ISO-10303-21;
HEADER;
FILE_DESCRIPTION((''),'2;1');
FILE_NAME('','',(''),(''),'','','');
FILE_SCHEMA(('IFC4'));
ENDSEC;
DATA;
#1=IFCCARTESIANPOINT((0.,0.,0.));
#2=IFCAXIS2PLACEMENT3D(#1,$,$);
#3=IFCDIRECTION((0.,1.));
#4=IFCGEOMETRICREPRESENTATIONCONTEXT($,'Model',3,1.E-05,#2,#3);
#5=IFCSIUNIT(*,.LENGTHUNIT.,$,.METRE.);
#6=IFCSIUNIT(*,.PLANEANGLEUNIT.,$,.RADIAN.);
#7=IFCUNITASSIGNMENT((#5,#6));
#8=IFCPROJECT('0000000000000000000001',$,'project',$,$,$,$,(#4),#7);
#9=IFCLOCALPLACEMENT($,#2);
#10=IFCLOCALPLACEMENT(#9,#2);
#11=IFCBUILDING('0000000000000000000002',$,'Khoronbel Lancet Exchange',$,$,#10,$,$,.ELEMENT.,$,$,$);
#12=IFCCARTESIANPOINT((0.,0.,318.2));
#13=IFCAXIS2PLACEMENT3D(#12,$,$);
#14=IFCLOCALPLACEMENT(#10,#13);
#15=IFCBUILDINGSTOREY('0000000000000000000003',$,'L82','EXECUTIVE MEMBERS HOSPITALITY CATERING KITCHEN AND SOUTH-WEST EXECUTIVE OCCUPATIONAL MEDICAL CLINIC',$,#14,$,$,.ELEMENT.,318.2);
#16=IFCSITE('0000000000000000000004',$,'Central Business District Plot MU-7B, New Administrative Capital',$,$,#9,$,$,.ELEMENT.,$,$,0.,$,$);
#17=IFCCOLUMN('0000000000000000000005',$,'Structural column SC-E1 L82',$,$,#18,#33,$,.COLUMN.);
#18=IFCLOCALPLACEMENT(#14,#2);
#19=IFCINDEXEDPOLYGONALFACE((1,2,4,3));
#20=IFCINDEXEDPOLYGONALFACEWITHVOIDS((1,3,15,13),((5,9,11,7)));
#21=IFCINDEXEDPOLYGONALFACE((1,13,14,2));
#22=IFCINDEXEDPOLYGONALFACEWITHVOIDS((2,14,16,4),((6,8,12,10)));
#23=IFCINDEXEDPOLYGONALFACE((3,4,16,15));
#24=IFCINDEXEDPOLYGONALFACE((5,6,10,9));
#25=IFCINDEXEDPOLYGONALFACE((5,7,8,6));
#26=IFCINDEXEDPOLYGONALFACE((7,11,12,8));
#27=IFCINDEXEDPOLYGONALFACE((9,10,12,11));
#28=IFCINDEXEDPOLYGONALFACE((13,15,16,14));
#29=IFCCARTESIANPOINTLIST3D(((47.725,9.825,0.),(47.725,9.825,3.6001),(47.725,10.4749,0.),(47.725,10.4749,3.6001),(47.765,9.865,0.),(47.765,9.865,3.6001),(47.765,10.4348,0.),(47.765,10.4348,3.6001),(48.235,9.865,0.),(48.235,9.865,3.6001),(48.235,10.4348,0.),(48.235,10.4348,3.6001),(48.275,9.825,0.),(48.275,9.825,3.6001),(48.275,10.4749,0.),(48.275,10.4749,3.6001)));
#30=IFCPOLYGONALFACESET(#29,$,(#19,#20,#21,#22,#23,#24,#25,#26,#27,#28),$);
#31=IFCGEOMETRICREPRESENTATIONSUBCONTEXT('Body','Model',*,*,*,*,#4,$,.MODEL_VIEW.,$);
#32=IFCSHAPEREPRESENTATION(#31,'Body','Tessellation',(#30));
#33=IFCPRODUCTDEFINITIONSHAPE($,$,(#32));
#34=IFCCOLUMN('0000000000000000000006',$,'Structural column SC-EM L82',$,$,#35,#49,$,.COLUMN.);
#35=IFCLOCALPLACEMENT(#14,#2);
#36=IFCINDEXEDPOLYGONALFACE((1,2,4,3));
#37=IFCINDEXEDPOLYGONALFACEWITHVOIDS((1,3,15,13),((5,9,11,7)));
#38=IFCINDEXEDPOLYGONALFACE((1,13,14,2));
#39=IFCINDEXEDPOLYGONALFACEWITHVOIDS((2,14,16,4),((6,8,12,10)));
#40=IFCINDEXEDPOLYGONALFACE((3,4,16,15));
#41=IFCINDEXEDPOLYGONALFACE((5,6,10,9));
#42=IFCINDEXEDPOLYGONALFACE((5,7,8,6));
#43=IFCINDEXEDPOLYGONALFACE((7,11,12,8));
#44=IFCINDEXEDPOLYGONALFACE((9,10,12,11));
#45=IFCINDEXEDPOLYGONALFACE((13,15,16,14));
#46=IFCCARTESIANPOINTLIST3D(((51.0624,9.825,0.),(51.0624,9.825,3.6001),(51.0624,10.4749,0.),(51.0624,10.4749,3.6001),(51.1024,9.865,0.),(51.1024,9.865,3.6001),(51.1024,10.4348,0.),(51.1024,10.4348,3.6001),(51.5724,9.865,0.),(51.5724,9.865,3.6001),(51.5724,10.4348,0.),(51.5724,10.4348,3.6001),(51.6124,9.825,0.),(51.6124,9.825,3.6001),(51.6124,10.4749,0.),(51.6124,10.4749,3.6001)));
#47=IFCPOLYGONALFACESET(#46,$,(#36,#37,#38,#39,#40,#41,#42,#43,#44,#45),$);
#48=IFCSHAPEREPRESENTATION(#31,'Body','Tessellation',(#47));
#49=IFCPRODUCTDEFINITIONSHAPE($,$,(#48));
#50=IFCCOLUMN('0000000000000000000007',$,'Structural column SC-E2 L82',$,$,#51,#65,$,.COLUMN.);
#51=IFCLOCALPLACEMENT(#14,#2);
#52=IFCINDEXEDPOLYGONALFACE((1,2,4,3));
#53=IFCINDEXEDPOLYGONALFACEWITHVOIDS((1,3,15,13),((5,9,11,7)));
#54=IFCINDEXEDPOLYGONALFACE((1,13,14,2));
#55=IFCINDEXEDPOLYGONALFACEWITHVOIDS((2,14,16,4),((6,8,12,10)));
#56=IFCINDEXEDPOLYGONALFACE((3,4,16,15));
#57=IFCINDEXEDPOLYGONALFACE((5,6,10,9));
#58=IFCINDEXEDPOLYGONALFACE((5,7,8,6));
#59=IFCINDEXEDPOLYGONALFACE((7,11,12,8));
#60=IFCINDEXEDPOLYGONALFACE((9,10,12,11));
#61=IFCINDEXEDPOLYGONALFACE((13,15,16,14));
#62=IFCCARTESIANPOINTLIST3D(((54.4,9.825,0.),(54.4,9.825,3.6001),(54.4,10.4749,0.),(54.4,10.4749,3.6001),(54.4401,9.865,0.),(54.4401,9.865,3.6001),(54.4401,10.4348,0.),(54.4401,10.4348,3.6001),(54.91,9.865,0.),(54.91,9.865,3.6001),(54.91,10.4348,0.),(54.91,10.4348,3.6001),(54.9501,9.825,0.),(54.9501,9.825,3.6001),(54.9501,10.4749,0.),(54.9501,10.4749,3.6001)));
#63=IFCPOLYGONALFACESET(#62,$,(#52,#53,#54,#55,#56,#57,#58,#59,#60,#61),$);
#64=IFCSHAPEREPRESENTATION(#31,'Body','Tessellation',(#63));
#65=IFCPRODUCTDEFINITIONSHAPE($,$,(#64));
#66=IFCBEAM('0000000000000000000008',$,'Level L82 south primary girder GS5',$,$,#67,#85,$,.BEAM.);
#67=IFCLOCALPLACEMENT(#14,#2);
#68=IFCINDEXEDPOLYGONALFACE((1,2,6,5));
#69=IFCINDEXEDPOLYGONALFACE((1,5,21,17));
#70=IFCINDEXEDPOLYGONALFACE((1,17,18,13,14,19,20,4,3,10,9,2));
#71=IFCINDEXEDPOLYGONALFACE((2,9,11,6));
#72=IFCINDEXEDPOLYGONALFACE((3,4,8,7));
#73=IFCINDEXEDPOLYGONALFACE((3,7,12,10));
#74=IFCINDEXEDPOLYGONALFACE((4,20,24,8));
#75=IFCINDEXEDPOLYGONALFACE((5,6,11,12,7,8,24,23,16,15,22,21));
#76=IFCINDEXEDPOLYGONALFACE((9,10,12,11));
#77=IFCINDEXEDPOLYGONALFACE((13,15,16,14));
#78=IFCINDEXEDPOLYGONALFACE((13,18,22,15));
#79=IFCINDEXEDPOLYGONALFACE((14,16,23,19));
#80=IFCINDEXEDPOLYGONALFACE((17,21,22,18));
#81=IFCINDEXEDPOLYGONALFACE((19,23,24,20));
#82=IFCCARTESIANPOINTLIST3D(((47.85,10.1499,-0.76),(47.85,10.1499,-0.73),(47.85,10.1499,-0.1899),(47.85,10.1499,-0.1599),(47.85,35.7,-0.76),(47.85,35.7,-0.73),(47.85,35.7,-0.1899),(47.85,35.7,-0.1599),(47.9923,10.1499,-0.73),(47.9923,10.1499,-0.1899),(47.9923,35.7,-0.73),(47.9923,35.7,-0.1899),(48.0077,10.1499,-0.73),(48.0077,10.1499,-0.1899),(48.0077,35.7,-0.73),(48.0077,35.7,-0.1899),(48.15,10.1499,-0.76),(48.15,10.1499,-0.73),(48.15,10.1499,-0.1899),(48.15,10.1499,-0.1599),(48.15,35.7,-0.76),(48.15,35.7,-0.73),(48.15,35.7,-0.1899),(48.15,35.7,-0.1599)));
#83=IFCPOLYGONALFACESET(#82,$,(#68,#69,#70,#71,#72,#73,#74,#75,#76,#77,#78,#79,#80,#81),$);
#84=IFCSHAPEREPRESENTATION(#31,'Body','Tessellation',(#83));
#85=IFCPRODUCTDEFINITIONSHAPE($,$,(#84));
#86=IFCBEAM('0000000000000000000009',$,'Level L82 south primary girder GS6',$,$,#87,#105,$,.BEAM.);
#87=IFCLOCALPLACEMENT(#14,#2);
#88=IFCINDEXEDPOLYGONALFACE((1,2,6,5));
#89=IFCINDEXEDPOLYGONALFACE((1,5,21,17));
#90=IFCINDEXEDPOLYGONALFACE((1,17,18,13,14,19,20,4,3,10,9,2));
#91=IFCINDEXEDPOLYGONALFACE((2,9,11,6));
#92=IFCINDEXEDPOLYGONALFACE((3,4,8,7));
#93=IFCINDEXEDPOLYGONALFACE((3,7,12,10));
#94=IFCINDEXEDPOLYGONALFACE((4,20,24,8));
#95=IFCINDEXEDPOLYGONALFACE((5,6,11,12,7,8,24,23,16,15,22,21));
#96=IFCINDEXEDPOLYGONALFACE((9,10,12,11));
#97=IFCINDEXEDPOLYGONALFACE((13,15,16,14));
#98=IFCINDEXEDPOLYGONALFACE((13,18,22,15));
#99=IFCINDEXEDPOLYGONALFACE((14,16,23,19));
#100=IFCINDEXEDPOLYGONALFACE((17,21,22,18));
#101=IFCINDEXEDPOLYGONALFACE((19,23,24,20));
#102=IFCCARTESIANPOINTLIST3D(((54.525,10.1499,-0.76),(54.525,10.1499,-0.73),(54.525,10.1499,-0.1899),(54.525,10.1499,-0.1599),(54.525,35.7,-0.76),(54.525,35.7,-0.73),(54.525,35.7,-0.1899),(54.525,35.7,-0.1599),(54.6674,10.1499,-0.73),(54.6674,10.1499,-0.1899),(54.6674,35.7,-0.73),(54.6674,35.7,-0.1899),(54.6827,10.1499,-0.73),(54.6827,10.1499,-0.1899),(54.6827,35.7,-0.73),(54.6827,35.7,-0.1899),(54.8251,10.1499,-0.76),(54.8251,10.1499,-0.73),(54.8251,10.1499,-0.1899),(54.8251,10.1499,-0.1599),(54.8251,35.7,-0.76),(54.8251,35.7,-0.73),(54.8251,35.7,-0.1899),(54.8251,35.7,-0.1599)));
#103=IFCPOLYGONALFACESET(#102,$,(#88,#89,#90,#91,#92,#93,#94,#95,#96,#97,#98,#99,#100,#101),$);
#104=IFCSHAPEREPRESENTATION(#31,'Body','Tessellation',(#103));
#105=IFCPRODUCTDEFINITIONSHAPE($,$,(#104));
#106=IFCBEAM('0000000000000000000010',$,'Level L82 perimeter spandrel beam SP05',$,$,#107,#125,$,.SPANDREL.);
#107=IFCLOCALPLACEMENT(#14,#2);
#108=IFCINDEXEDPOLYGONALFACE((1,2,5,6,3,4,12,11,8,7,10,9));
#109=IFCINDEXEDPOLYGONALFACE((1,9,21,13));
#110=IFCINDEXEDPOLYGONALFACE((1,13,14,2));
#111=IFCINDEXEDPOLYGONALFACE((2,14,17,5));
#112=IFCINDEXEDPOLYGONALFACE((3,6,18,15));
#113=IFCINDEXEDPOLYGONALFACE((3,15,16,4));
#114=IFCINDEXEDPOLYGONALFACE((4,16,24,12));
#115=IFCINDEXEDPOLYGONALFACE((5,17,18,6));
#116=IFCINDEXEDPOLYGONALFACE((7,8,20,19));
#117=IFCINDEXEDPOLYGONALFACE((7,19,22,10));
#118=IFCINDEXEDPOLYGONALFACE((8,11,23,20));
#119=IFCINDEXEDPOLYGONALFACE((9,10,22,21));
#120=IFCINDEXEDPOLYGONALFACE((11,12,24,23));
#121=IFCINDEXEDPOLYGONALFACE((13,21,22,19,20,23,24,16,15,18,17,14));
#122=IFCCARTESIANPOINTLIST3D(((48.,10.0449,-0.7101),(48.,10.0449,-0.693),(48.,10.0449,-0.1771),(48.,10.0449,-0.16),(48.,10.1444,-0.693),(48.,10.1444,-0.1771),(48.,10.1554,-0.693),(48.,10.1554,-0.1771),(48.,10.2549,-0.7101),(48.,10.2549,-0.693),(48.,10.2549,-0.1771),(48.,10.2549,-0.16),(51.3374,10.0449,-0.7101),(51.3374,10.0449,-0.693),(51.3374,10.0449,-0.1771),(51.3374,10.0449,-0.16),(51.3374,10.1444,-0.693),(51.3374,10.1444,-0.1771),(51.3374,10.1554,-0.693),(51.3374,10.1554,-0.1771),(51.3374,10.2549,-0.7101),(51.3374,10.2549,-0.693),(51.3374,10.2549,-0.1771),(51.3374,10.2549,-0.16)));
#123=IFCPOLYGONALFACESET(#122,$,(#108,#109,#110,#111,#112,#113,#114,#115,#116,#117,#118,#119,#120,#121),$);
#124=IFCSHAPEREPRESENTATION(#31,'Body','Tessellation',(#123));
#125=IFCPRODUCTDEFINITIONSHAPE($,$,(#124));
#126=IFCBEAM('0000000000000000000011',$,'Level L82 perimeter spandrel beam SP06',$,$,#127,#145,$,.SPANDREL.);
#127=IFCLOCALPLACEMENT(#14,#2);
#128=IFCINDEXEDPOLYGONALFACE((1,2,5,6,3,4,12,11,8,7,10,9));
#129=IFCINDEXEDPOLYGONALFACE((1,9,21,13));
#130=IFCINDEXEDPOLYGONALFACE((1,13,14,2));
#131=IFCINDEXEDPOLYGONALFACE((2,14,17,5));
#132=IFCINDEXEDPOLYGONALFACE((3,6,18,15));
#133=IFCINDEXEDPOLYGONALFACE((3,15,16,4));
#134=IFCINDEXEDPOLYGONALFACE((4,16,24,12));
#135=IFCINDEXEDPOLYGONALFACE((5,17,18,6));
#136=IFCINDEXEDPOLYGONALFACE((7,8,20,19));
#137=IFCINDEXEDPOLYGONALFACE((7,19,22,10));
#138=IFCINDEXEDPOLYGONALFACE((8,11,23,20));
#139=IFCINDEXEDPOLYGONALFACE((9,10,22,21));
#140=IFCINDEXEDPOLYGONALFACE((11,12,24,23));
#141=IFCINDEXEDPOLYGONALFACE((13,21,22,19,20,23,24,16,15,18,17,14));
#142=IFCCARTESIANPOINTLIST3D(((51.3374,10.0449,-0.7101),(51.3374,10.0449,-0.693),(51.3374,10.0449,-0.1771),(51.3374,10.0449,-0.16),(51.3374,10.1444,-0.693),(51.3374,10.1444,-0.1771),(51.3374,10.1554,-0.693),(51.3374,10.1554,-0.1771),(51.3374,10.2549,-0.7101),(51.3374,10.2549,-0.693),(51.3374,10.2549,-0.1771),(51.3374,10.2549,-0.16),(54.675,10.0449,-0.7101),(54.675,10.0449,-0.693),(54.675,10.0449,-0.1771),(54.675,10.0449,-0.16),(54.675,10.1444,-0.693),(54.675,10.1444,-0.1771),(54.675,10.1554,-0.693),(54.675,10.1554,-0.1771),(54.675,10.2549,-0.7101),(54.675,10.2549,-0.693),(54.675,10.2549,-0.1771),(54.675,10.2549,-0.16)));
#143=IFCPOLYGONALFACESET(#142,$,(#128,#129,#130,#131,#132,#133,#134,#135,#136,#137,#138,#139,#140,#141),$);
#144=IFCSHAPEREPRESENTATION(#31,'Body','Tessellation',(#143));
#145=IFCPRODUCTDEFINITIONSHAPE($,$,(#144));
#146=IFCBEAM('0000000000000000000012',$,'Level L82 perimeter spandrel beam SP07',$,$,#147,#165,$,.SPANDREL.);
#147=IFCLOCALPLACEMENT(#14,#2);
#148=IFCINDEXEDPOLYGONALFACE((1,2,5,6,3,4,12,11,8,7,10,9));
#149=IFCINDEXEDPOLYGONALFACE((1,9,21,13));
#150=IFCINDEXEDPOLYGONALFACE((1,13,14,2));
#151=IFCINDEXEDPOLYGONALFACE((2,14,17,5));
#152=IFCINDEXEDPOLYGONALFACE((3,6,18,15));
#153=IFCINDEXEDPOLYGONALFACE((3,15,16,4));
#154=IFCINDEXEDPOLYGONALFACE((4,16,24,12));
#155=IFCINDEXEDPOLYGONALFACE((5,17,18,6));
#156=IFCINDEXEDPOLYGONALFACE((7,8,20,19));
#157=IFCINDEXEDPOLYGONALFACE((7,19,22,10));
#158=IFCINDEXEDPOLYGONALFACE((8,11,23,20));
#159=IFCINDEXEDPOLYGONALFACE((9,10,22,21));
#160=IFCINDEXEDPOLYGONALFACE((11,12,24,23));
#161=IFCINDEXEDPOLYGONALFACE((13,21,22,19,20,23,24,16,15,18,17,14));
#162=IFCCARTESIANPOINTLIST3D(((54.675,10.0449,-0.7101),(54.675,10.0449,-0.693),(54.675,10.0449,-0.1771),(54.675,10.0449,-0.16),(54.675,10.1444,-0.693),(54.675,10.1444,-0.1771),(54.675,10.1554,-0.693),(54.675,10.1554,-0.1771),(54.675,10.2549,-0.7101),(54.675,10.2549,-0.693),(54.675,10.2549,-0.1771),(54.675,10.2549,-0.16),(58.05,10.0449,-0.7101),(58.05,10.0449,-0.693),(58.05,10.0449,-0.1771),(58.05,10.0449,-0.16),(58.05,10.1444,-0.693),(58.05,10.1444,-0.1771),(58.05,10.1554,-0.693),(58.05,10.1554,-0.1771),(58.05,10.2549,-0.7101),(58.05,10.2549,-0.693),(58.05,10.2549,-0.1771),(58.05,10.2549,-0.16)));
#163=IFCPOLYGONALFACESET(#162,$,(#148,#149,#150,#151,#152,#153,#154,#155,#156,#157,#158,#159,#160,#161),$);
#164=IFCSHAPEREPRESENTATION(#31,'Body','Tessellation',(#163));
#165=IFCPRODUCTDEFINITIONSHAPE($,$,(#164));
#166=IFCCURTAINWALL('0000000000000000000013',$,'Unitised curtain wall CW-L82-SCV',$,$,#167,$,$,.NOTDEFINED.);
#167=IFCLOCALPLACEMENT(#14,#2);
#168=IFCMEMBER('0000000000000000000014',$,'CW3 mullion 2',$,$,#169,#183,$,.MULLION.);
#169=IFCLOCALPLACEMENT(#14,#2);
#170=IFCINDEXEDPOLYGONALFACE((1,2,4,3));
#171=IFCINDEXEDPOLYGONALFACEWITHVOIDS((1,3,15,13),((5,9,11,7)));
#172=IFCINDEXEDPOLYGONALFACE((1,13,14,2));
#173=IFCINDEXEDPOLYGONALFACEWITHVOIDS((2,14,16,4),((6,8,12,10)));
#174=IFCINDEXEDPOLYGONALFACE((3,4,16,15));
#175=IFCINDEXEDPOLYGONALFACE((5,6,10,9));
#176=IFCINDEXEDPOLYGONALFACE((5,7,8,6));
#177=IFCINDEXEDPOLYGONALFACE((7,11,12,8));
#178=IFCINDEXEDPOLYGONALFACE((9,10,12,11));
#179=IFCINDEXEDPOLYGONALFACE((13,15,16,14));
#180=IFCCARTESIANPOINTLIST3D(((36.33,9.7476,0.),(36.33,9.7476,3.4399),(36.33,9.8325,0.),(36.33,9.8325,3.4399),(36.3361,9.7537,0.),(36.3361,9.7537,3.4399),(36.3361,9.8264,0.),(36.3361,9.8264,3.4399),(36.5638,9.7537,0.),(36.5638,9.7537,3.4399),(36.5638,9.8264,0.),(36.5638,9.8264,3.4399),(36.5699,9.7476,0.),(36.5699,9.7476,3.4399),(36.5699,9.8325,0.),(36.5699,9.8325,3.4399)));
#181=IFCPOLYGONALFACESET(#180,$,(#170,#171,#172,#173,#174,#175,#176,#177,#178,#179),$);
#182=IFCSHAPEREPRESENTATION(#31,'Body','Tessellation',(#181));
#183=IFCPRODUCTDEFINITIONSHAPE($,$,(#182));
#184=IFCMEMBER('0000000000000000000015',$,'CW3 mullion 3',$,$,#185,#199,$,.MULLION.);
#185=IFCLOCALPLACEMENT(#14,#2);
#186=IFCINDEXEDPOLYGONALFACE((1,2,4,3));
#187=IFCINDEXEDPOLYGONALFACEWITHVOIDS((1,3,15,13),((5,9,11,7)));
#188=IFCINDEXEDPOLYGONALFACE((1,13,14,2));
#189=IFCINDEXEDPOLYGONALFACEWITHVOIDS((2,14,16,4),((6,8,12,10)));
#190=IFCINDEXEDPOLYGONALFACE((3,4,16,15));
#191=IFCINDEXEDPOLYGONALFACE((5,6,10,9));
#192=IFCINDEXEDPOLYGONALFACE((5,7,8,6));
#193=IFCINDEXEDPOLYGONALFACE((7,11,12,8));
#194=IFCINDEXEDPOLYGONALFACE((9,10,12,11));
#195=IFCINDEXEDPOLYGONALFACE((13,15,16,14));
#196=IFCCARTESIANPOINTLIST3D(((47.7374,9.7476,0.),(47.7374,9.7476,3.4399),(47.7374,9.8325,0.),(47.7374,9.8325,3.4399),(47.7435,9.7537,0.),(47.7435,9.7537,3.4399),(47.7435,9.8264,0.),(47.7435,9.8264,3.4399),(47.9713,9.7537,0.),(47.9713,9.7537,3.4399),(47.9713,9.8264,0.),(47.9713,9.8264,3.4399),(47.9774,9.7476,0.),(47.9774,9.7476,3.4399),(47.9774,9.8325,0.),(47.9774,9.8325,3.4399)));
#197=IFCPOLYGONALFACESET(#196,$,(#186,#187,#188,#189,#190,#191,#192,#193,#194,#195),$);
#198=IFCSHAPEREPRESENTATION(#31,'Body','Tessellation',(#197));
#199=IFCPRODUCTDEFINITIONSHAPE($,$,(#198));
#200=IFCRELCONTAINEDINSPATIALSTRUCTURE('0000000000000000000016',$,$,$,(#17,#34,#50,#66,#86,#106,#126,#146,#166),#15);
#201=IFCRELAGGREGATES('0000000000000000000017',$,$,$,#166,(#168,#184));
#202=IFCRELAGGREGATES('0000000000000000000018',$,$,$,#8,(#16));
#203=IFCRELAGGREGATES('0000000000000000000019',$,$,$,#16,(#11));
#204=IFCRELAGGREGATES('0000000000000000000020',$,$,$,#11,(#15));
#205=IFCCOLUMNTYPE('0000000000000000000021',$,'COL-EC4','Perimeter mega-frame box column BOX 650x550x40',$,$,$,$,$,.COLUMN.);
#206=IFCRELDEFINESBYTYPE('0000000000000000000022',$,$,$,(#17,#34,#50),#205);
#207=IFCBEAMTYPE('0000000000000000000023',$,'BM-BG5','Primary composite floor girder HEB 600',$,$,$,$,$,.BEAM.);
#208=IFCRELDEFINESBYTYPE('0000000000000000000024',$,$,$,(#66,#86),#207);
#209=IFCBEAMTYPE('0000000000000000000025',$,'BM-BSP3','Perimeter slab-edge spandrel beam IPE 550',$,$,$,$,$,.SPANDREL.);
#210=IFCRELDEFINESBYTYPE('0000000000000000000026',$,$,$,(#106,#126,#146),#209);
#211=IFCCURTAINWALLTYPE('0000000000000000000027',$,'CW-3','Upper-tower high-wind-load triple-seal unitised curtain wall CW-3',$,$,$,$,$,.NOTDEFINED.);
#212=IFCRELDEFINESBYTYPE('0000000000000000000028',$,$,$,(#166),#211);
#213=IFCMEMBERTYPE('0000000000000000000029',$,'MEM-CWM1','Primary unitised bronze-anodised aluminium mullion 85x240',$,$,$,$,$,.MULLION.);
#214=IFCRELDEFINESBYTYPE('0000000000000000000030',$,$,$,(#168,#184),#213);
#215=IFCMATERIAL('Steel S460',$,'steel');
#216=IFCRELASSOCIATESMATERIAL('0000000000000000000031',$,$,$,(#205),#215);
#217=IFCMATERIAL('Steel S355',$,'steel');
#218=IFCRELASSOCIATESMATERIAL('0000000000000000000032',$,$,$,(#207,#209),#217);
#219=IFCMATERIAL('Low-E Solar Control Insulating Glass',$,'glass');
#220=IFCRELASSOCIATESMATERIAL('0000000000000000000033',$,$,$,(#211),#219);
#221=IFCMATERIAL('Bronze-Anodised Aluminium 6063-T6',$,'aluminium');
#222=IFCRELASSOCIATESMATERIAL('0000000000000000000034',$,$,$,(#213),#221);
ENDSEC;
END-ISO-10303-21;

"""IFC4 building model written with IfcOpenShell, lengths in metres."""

from ifc_helpers import new_model, si_unit, direction, frame, origin, origin_2d, place, context, subcontext, project, spatial, hollow_rectangle, i_section, extrude, material, material_profile, profile_set, type_object, element, aggregate, save


model = new_model("IFC4")

# Units and contexts
model_context = context("Model", 3, precision=1e-05, world=origin(), true_north=direction((0.0, 1.0)))
body_context = subcontext(model_context, "Body", "Model", "MODEL_VIEW")
ifc_project = project(units=[si_unit("LENGTHUNIT", "METRE"), si_unit("PLANEANGLEUNIT", "RADIAN")], contexts=[model_context])

# Site, building, storey
site_placement = place(None, origin())
site = spatial("IfcSite", under=ifc_project, at=site_placement, Name="Central Business District Plot MU-7B, New Administrative Capital", CompositionType="ELEMENT", RefElevation=0.0)
building_placement = place(site_placement, origin())
building = spatial("IfcBuilding", under=site, at=building_placement, Name="Khoronbel Lancet Exchange", CompositionType="ELEMENT")
storey_placement = place(building_placement, frame((0.0, 0.0, 318.2)))
storey = spatial("IfcBuildingStorey", under=building, at=storey_placement, Name="L82", Description="EXECUTIVE MEMBERS HOSPITALITY CATERING KITCHEN AND SOUTH-WEST EXECUTIVE OCCUPATIONAL MEDICAL CLINIC", CompositionType="ELEMENT", Elevation=318.2)

# Columns
ifc_material_1 = material(Name="Steel S460", Category="steel")
ifc_material_profile_1 = material_profile(ifc_material_1, hollow_rectangle(XDim=0.55, YDim=0.6499, WallThickness=0.04, at=origin_2d()), Name="BOX 650x550x40")
ifc_profile_set_1 = profile_set([ifc_material_profile_1], Name="Steel S460")
column_type = type_object("IfcColumnType", Name="COL-EC4", Description="Perimeter mega-frame box column BOX 650x550x40", PredefinedType="COLUMN", material=ifc_profile_set_1)
for number, where, z_axis, x_axis, name in (
    (1, (48.0, 10.1499, 0.0), (0.0, 0.0, 1.0), (1.0, 0.0, 0.0), "Structural column SC-E1 L82"),
    (2, (51.3374, 10.1499, 0.0), (0.0, 0.0, 1.0), (1.0, 0.0, 0.0), "Structural column SC-EM L82"),
    (3, (54.675, 10.1499, 0.0), (0.0, 0.0, 1.0), (1.0, 0.0, 0.0), "Structural column SC-E2 L82"),
):
    element("IfcColumn", number, at=place(storey_placement, frame(where, z_axis=z_axis, x_axis=x_axis)), inside=storey, type_object=column_type, Name=name, PredefinedType="COLUMN", context=body_context, shape_type="SweptSolid", body=[
        extrude(hollow_rectangle(XDim=0.55, YDim=0.6499, WallThickness=0.04, at=origin_2d()), origin(), (0.0, 0.0, 1.0), 3.6001),
    ])

# Beams
ifc_material_2 = material(Name="Steel S355", Category="steel")
ifc_material_profile_2 = material_profile(ifc_material_2, i_section(OverallWidth=0.3, OverallDepth=0.6001, WebThickness=0.0154, FlangeThickness=0.03, at=origin_2d()), Name="HEB 600")
ifc_profile_set_2 = profile_set([ifc_material_profile_2], Name="Steel S355")
beam_type_1 = type_object("IfcBeamType", Name="BM-BG5", Description="Primary composite floor girder HEB 600", PredefinedType="BEAM", material=ifc_profile_set_2)
for number, where, z_axis, x_axis, name in (
    (4, (48.0, 10.1499, -0.46), (0.0, 1.0, 0.0), (-1.0, 0.0, 0.0), "Level L82 south primary girder GS5"),
    (5, (54.675, 10.1499, -0.46), (0.0, 1.0, 0.0), (-1.0, 0.0, 0.0), "Level L82 south primary girder GS6"),
):
    element("IfcBeam", number, at=place(storey_placement, frame(where, z_axis=z_axis, x_axis=x_axis)), inside=storey, type_object=beam_type_1, Name=name, PredefinedType="BEAM", context=body_context, shape_type="SweptSolid", body=[
        extrude(i_section(OverallWidth=0.3, OverallDepth=0.6001, WebThickness=0.0154, FlangeThickness=0.03, at=origin_2d()), origin(), (0.0, 0.0, 1.0), 25.55),
    ])
ifc_material_profile_3 = material_profile(ifc_material_2, i_section(OverallWidth=0.21, OverallDepth=0.55, WebThickness=0.011, FlangeThickness=0.0171, at=origin_2d()), Name="IPE 550")
ifc_profile_set_3 = profile_set([ifc_material_profile_3], Name="Steel S355")
beam_type_2 = type_object("IfcBeamType", Name="BM-BSP3", Description="Perimeter slab-edge spandrel beam IPE 550", PredefinedType="SPANDREL", material=ifc_profile_set_3)
beam_1_placement = place(storey_placement, frame((48.0, 10.1499, -0.4351), z_axis=(1.0, 0.0, 0.0), x_axis=(0.0, 1.0, 0.0)))
element("IfcBeam", 6, at=beam_1_placement, inside=storey, type_object=beam_type_2, Name="Level L82 perimeter spandrel beam SP05", PredefinedType="SPANDREL", context=body_context, shape_type="SweptSolid", body=[
    extrude(i_section(OverallWidth=0.21, OverallDepth=0.55, WebThickness=0.011, FlangeThickness=0.0171, at=origin_2d()), origin(), (0.0, 0.0, 1.0), 3.3374),
])
beam_2_placement = place(storey_placement, frame((51.3374, 10.1499, -0.4351), z_axis=(1.0, 0.0, 0.0), x_axis=(0.0, 1.0, 0.0)))
element("IfcBeam", 7, at=beam_2_placement, inside=storey, type_object=beam_type_2, Name="Level L82 perimeter spandrel beam SP06", PredefinedType="SPANDREL", context=body_context, shape_type="SweptSolid", body=[
    extrude(i_section(OverallWidth=0.21, OverallDepth=0.55, WebThickness=0.011, FlangeThickness=0.0171, at=origin_2d()), origin(), (0.0, 0.0, 1.0), 3.3376),
])
beam_3_placement = place(storey_placement, frame((54.675, 10.1499, -0.4351), z_axis=(1.0, 0.0, 0.0), x_axis=(0.0, 1.0, 0.0)))
element("IfcBeam", 8, at=beam_3_placement, inside=storey, type_object=beam_type_2, Name="Level L82 perimeter spandrel beam SP07", PredefinedType="SPANDREL", context=body_context, shape_type="SweptSolid", body=[
    extrude(i_section(OverallWidth=0.21, OverallDepth=0.55, WebThickness=0.011, FlangeThickness=0.0171, at=origin_2d()), origin(), (0.0, 0.0, 1.0), 3.375),
])

# Curtain wall, members
ifc_material_3 = material(Name="Low-E Solar Control Insulating Glass", Category="glass")
curtain_wall_type = type_object("IfcCurtainWallType", Name="CW-3", Description="Upper-tower high-wind-load triple-seal unitised curtain wall CW-3", PredefinedType="NOTDEFINED", material=ifc_material_3)
curtain_wall_1_placement = place(storey_placement, origin())
curtain_wall_1 = element("IfcCurtainWall", 9, at=curtain_wall_1_placement, inside=storey, type_object=curtain_wall_type, Name="Unitised curtain wall CW-L82-SCV", PredefinedType="NOTDEFINED")
ifc_material_4 = material(Name="Bronze-Anodised Aluminium 6063-T6", Category="aluminium")
ifc_material_profile_4 = material_profile(ifc_material_4, hollow_rectangle(XDim=0.085, YDim=0.24, WallThickness=0.0061, at=origin_2d()), Name="ALU MULLION 85x240")
ifc_profile_set_4 = profile_set([ifc_material_profile_4], Name="Bronze-Anodised Aluminium 6063-T6")
member_type_1 = type_object("IfcMemberType", Name="MEM-CWM1", Description="Primary unitised bronze-anodised aluminium mullion 85x240", PredefinedType="MULLION", material=ifc_profile_set_4)
member_1_placement = place(storey_placement, frame((36.45, 9.79, 0.0), z_axis=(0.0, 0.0, 1.0), x_axis=(0.0, 1.0, 0.0)))
member_1 = element("IfcMember", 10, at=member_1_placement, type_object=member_type_1, Name="CW3 mullion 2", PredefinedType="MULLION", context=body_context, shape_type="SweptSolid", body=[
    extrude(hollow_rectangle(XDim=0.085, YDim=0.24, WallThickness=0.0061, at=origin_2d()), origin(), (0.0, 0.0, 1.0), 3.4399),
])
member_2_placement = place(storey_placement, frame((47.8574, 9.79, 0.0), z_axis=(0.0, 0.0, 1.0), x_axis=(0.0, 1.0, 0.0)))
member_2 = element("IfcMember", 11, at=member_2_placement, type_object=member_type_1, Name="CW3 mullion 3", PredefinedType="MULLION", context=body_context, shape_type="SweptSolid", body=[
    extrude(hollow_rectangle(XDim=0.085, YDim=0.24, WallThickness=0.0061, at=origin_2d()), origin(), (0.0, 0.0, 1.0), 3.4399),
])

aggregate(curtain_wall_1, [member_1, member_2])

save(model, "model.ifc")
